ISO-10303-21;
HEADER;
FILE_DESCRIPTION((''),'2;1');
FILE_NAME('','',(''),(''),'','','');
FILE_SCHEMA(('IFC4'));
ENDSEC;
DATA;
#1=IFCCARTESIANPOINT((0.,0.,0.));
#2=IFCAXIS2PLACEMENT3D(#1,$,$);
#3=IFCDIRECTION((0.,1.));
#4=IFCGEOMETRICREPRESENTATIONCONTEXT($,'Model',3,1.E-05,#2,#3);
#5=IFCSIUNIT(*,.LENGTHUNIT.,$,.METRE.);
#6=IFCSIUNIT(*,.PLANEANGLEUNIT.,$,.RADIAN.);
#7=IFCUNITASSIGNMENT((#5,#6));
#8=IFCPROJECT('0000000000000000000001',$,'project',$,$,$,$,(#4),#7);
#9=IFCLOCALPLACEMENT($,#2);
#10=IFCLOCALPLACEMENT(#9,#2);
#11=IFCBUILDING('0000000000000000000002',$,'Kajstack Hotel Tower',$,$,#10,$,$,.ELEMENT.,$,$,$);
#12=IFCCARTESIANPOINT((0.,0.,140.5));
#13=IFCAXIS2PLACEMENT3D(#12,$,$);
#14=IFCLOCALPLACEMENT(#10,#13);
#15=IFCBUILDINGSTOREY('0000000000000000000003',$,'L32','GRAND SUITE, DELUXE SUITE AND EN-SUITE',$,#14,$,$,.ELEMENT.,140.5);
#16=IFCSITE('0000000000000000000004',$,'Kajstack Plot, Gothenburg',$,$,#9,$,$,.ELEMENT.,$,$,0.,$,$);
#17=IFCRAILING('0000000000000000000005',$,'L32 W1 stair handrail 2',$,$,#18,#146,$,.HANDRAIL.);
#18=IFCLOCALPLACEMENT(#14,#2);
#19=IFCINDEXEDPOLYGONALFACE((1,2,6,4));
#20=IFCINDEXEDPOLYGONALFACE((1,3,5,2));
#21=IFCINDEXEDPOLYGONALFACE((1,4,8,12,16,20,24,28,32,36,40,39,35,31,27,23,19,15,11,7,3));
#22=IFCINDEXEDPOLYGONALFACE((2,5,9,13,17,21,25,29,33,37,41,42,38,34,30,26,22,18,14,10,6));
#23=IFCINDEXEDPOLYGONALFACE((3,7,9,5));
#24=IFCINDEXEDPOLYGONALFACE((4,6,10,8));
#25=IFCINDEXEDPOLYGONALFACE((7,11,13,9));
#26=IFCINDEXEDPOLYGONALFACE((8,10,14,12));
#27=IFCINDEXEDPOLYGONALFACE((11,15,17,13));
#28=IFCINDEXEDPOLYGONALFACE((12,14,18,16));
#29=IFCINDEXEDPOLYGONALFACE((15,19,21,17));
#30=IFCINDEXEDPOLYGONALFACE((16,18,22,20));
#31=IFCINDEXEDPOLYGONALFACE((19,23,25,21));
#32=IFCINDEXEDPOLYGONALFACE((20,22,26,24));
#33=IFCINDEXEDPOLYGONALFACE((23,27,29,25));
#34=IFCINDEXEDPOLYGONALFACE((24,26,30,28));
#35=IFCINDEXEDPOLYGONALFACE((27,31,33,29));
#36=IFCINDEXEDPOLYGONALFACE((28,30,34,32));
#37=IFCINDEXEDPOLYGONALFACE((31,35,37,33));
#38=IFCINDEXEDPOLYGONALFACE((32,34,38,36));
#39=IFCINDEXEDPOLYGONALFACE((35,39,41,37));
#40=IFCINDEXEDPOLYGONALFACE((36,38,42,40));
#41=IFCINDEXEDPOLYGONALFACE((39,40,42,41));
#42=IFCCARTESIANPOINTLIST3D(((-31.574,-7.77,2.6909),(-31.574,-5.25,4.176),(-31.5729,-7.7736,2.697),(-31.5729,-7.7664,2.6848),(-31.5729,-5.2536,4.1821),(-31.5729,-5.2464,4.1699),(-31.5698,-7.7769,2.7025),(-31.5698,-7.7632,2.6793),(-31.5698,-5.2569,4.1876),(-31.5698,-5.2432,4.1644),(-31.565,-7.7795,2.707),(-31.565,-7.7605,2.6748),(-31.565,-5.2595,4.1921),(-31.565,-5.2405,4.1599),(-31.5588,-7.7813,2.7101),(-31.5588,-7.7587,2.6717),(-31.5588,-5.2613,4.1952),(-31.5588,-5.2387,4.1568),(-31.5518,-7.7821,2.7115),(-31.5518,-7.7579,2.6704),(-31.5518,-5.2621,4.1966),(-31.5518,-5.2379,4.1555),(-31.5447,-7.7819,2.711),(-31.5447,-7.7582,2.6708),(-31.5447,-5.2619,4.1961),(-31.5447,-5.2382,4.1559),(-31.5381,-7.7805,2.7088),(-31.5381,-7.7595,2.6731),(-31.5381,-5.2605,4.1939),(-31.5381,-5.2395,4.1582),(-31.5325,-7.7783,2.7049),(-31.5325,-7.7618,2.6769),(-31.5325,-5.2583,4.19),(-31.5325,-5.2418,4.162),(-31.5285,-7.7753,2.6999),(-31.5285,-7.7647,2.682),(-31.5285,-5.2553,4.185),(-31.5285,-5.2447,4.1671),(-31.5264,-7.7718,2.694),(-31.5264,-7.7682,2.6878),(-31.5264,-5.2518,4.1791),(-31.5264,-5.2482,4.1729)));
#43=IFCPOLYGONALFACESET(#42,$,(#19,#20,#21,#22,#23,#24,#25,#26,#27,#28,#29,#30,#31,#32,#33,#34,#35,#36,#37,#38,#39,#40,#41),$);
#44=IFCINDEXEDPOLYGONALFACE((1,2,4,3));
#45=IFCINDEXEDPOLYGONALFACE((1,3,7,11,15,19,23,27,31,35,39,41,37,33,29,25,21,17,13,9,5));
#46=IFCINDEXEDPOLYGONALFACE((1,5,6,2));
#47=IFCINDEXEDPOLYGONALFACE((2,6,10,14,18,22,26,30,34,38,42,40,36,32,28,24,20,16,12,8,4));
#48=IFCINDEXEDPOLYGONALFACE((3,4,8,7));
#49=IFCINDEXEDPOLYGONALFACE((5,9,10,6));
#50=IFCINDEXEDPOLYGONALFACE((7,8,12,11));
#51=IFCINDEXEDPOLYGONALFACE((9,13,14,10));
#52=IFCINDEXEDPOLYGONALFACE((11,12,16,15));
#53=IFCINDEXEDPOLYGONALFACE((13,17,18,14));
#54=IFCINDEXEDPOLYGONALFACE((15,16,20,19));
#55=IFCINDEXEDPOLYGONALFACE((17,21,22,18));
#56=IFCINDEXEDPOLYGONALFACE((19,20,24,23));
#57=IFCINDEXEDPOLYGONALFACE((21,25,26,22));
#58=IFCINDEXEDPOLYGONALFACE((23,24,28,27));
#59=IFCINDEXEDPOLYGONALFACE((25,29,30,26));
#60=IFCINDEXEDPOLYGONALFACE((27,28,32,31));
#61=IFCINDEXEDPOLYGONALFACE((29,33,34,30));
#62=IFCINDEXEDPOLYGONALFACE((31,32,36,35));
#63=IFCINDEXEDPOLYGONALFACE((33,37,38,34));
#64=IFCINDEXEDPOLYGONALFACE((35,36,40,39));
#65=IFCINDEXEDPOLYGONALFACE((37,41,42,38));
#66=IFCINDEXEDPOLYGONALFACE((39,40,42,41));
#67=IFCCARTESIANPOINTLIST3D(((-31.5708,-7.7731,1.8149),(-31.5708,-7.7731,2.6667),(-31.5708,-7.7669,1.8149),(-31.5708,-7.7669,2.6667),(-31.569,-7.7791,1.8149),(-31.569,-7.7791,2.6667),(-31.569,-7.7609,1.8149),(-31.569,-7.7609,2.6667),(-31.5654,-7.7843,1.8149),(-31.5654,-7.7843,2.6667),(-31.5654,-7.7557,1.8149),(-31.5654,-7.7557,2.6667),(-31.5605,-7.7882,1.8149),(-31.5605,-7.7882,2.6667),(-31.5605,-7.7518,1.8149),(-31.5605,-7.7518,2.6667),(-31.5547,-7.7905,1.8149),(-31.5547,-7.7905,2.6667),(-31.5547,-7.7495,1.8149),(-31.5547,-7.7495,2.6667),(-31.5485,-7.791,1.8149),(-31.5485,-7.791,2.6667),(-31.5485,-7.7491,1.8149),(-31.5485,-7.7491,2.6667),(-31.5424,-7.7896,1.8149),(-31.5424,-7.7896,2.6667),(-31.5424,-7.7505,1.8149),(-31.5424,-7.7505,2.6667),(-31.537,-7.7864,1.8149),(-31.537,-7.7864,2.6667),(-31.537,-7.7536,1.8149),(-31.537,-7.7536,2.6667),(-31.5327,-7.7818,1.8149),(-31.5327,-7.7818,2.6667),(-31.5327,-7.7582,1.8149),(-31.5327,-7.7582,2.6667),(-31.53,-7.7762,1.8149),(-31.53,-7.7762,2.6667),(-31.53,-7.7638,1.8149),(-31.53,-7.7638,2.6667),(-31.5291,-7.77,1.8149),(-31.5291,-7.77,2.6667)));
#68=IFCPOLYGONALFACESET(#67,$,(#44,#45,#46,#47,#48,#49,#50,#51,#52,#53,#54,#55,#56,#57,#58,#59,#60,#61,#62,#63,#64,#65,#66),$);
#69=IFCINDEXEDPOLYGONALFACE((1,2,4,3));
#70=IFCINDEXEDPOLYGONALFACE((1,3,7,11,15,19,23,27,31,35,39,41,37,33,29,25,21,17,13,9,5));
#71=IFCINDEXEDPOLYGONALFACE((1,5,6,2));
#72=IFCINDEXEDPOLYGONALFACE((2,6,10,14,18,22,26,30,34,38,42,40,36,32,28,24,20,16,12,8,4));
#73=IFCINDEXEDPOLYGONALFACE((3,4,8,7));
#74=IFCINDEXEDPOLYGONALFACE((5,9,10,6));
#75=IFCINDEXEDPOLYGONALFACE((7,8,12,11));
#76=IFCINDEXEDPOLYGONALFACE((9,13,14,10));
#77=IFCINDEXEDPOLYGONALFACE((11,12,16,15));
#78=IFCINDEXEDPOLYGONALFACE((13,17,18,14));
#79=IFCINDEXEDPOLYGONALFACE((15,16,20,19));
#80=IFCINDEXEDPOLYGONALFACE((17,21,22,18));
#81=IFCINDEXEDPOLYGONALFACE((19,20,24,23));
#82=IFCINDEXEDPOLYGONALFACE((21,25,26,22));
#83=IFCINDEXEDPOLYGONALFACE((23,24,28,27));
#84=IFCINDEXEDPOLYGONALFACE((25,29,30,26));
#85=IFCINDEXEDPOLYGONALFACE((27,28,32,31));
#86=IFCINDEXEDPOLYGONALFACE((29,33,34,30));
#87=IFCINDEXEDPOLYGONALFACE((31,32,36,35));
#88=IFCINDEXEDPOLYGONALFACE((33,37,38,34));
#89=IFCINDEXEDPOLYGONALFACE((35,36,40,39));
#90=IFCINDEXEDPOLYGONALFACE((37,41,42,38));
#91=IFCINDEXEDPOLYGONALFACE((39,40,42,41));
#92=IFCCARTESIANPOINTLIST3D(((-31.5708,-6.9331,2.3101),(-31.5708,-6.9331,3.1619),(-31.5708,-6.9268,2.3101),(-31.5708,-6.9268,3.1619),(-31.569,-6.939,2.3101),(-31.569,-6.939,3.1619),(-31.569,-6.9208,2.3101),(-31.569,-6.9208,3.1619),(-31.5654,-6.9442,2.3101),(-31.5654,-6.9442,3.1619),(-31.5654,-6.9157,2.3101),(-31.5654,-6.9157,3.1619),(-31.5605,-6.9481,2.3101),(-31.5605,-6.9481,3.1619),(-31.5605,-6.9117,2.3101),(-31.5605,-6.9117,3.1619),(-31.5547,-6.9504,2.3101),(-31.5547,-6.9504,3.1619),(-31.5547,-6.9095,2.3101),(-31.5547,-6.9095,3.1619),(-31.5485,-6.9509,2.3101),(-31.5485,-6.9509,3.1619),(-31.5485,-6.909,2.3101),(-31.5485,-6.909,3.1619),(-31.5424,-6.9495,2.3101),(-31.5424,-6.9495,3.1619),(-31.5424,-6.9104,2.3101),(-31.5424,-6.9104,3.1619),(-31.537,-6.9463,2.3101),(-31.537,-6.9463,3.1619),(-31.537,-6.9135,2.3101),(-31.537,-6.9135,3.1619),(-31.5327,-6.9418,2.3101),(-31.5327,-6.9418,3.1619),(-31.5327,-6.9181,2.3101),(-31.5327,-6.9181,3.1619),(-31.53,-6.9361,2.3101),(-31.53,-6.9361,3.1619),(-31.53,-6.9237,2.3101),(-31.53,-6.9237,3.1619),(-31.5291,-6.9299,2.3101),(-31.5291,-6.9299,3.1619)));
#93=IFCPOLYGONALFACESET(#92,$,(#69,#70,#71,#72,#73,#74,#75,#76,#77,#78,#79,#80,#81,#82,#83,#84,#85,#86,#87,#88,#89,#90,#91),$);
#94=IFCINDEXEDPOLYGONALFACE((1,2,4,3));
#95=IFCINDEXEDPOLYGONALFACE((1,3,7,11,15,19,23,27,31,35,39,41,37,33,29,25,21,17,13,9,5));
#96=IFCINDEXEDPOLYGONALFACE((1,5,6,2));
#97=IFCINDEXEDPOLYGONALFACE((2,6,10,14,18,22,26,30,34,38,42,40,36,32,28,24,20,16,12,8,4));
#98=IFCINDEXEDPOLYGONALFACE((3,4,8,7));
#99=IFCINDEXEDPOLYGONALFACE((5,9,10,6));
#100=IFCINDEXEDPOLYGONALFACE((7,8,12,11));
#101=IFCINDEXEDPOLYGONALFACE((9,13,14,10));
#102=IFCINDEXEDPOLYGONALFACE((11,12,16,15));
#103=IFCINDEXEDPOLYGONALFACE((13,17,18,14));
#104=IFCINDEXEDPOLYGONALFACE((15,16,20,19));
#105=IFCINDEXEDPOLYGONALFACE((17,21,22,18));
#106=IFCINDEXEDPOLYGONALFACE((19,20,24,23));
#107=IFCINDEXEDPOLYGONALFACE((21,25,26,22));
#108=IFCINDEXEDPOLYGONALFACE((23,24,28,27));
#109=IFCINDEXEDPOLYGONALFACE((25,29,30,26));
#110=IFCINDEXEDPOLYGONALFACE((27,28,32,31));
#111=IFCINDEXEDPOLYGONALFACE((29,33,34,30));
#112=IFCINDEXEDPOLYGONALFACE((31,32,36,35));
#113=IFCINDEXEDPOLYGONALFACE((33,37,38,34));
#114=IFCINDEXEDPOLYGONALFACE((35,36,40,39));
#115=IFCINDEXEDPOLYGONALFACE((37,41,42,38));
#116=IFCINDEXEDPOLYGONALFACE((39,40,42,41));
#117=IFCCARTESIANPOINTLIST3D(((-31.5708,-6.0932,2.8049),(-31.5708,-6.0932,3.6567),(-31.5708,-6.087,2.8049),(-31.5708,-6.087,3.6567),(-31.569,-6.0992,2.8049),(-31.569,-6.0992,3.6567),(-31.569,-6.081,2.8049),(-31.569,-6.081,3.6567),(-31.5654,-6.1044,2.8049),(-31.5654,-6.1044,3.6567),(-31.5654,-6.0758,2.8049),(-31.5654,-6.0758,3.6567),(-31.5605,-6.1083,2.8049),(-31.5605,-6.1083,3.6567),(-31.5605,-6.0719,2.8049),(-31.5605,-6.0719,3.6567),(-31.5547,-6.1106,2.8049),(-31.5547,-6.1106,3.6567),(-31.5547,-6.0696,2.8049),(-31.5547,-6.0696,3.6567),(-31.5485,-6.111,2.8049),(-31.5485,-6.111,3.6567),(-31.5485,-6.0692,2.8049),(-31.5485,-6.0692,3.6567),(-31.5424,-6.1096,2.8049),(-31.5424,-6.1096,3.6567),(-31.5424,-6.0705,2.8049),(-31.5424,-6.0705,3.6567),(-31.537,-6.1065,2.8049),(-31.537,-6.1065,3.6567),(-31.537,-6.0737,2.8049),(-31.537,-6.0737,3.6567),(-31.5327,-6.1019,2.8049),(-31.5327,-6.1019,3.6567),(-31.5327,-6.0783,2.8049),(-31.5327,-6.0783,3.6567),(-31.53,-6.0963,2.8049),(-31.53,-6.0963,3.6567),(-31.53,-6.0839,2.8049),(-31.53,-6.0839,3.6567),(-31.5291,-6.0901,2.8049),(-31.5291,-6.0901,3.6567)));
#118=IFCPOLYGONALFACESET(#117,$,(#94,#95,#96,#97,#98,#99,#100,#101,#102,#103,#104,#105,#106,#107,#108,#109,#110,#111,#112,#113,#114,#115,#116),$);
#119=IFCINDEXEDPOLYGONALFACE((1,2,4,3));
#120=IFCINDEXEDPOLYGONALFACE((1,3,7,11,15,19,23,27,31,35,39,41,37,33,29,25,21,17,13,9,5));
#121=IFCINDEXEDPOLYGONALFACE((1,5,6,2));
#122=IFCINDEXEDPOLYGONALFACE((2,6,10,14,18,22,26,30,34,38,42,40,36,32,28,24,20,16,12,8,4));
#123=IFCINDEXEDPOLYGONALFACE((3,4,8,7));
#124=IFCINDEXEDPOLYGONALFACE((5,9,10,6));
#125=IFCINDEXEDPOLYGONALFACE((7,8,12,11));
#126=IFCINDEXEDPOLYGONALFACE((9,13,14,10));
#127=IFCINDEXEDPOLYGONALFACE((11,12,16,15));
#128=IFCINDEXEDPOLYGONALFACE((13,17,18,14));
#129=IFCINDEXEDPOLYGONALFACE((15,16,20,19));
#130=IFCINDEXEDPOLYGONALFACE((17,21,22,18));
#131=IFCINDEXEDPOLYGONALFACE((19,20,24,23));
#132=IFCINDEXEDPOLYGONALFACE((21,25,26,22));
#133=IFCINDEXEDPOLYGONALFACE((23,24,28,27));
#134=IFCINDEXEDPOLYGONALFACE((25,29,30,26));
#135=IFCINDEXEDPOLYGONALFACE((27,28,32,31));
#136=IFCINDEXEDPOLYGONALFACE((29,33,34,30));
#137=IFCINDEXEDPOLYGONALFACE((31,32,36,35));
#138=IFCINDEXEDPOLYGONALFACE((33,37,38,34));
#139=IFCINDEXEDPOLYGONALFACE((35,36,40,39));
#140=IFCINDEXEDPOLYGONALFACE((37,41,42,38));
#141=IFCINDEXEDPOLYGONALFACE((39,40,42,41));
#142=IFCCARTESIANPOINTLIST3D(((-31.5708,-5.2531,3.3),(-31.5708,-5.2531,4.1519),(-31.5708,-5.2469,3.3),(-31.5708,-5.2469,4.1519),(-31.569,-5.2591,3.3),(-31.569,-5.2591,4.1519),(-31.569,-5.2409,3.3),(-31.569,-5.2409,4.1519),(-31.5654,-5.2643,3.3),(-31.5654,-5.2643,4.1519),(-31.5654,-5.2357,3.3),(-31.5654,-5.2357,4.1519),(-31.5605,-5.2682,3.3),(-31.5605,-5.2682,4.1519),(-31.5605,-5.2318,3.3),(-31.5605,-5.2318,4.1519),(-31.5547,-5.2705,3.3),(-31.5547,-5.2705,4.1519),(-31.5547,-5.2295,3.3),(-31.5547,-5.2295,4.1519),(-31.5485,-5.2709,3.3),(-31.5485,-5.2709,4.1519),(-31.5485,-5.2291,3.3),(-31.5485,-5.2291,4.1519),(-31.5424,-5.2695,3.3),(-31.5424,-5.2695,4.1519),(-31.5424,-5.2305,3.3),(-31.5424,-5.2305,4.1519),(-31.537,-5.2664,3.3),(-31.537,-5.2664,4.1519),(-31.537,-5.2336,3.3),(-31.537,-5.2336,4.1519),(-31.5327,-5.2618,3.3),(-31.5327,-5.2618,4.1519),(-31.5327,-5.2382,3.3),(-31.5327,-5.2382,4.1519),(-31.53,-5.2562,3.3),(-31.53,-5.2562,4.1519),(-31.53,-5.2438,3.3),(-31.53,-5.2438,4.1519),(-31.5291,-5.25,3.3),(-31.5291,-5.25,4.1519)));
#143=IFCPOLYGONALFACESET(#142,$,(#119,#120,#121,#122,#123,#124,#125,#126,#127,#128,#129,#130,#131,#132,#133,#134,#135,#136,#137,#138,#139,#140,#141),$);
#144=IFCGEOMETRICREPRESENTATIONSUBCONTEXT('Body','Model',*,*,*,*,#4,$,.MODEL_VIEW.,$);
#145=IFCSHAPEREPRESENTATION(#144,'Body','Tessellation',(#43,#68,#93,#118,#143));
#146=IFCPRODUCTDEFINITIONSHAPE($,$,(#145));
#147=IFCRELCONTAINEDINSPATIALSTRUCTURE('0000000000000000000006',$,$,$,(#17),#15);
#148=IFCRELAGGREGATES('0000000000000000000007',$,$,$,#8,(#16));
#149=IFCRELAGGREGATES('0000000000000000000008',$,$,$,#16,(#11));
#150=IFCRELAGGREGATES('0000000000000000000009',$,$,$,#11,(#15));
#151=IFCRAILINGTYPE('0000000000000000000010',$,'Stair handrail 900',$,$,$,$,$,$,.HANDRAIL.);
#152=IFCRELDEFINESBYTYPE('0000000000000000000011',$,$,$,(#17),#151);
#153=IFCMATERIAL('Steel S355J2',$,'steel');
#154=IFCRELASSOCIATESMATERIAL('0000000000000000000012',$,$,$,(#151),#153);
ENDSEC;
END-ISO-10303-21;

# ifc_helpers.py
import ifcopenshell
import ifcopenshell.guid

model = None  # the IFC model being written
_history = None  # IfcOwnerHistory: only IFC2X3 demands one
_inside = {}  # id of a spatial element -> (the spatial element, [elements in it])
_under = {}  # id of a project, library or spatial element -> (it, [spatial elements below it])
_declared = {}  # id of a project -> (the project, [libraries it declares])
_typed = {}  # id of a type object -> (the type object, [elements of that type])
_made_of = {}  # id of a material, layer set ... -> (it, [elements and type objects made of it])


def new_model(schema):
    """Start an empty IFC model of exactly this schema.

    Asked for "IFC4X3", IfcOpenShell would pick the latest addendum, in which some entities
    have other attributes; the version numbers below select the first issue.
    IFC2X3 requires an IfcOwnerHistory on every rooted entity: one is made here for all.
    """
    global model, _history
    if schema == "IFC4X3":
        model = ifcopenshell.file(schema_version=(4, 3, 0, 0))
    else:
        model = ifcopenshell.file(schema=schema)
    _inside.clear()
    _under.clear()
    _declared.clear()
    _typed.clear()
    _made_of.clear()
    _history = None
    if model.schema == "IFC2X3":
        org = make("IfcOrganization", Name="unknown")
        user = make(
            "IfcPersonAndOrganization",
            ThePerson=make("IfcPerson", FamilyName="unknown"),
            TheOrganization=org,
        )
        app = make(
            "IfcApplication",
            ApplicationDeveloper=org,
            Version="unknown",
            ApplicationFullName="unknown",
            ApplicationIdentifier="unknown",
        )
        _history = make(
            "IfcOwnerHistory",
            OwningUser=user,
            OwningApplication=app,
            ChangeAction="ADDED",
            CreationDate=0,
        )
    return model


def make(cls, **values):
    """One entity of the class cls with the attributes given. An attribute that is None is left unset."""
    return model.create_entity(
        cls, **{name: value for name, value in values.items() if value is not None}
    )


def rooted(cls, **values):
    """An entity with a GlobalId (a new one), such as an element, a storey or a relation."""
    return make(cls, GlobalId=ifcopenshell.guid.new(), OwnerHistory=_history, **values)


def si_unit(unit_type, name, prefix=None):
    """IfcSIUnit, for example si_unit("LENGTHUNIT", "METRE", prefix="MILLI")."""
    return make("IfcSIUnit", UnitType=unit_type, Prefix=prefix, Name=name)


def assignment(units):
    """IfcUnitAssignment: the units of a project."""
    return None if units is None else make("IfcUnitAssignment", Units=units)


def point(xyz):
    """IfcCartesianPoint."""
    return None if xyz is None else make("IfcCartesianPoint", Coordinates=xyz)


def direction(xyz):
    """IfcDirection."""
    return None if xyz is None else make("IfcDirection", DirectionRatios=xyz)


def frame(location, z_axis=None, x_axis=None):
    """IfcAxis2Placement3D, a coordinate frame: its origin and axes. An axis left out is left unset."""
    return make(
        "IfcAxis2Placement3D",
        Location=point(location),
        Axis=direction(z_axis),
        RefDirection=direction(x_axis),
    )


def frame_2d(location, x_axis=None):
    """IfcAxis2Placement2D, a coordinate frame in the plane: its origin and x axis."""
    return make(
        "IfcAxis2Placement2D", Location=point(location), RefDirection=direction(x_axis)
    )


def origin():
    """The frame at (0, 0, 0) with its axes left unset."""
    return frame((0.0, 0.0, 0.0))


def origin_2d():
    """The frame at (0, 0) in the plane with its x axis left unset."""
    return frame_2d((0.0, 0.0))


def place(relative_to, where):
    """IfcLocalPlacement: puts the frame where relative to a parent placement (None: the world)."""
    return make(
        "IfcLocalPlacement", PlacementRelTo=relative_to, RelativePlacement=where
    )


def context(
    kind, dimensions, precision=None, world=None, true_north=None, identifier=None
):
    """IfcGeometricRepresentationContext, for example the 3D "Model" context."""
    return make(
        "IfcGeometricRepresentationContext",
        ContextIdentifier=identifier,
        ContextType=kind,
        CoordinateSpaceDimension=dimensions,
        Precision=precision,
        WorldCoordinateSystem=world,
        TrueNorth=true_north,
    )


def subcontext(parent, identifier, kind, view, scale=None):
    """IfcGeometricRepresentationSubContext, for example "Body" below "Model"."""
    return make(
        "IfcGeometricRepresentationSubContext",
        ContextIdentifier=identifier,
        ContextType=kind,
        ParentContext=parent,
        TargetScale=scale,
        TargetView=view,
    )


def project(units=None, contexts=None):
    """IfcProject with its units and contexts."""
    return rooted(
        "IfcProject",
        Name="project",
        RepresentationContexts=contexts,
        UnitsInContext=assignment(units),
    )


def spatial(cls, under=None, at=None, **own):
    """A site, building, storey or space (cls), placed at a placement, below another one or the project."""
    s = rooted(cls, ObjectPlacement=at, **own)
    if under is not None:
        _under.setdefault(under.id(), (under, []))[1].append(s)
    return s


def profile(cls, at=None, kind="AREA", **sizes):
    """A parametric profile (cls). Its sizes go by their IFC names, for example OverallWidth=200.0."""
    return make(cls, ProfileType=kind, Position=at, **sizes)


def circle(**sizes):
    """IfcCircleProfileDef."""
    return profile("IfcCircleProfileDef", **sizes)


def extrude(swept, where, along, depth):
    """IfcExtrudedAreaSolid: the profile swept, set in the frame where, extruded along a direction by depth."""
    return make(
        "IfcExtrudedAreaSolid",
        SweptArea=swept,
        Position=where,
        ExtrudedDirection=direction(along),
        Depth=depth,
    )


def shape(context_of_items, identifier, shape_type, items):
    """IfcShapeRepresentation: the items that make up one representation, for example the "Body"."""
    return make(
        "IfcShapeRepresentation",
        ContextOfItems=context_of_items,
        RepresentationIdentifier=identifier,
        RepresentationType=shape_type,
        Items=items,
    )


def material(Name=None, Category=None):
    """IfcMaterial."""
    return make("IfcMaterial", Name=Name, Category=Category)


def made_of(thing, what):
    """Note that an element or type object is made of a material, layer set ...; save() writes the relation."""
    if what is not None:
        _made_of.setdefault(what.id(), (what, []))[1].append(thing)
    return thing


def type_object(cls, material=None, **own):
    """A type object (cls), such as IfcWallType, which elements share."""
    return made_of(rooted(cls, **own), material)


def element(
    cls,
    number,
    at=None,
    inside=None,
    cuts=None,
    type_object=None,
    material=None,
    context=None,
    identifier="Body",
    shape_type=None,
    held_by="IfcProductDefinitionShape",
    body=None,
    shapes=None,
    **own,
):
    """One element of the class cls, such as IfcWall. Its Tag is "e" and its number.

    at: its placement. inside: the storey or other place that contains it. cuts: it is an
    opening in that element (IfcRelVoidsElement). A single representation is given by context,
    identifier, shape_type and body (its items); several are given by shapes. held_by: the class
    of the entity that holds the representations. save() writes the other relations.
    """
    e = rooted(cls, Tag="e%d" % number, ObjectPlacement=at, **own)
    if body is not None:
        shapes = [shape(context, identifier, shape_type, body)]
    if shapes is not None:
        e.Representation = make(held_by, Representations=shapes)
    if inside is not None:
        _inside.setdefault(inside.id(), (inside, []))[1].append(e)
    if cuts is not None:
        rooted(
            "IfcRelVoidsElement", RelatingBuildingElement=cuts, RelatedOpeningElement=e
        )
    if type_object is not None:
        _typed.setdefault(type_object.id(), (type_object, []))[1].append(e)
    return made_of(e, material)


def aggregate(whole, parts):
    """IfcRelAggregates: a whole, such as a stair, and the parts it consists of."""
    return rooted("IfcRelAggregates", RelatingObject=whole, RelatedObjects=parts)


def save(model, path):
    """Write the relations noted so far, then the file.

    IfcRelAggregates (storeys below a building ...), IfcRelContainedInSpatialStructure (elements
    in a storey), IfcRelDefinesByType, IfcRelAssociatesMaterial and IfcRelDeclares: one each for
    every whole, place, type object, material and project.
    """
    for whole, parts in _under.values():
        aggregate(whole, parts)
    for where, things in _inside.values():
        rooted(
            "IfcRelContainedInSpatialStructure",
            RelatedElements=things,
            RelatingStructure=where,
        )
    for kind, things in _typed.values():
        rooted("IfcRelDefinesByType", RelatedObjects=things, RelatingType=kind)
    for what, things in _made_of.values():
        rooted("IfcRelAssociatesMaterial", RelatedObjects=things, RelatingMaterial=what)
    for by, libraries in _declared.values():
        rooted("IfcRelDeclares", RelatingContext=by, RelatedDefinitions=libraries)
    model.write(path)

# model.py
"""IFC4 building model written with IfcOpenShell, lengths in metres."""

from ifc_helpers import new_model, si_unit, direction, frame, origin, origin_2d, place, context, subcontext, project, spatial, circle, extrude, material, type_object, element, save


model = new_model("IFC4")

# Units and contexts
model_context = context("Model", 3, precision=1e-05, world=origin(), true_north=direction((0.0, 1.0)))
body_context = subcontext(model_context, "Body", "Model", "MODEL_VIEW")
ifc_project = project(units=[si_unit("LENGTHUNIT", "METRE"), si_unit("PLANEANGLEUNIT", "RADIAN")], contexts=[model_context])

# Site, building, storey
site_placement = place(None, origin())
site = spatial("IfcSite", under=ifc_project, at=site_placement, Name="Kajstack Plot, Gothenburg", CompositionType="ELEMENT", RefElevation=0.0)
building_placement = place(site_placement, origin())
building = spatial("IfcBuilding", under=site, at=building_placement, Name="Kajstack Hotel Tower", CompositionType="ELEMENT")
storey_placement = place(building_placement, frame((0.0, 0.0, 140.5)))
storey = spatial("IfcBuildingStorey", under=building, at=storey_placement, Name="L32", Description="GRAND SUITE, DELUXE SUITE AND EN-SUITE", CompositionType="ELEMENT", Elevation=140.5)

# Railing
ifc_material_1 = material(Name="Steel S355J2", Category="steel")
railing_type_1 = type_object("IfcRailingType", Name="Stair handrail 900", PredefinedType="HANDRAIL", material=ifc_material_1)
railing_1_placement = place(storey_placement, frame((-31.55, -7.77, 1.8149)))
element("IfcRailing", 1, at=railing_1_placement, inside=storey, type_object=railing_type_1, Name="L32 W1 stair handrail 2", PredefinedType="HANDRAIL", context=body_context, shape_type="SweptSolid", body=[
    extrude(circle(Radius=0.0239, at=origin_2d()), frame((0.0, 0.0, 0.876), z_axis=(0.0, 0.861524, 0.507717), x_axis=(-1.0, 0.0, 0.0)), (0.0, 0.0, 1.0), 2.925),
    extrude(circle(Radius=0.021, at=origin_2d()), origin(), (0.0, 0.0, 1.0), 0.8518),
    extrude(circle(Radius=0.021, at=origin_2d()), frame((0.0, 0.8401, 0.4951)), (0.0, 0.0, 1.0), 0.8518),
    extrude(circle(Radius=0.021, at=origin_2d()), frame((0.0, 1.6799, 0.99)), (0.0, 0.0, 1.0), 0.8518),
    extrude(circle(Radius=0.021, at=origin_2d()), frame((0.0, 2.52, 1.4851)), (0.0, 0.0, 1.0), 0.8518),
])

save(model, "model.ifc")
